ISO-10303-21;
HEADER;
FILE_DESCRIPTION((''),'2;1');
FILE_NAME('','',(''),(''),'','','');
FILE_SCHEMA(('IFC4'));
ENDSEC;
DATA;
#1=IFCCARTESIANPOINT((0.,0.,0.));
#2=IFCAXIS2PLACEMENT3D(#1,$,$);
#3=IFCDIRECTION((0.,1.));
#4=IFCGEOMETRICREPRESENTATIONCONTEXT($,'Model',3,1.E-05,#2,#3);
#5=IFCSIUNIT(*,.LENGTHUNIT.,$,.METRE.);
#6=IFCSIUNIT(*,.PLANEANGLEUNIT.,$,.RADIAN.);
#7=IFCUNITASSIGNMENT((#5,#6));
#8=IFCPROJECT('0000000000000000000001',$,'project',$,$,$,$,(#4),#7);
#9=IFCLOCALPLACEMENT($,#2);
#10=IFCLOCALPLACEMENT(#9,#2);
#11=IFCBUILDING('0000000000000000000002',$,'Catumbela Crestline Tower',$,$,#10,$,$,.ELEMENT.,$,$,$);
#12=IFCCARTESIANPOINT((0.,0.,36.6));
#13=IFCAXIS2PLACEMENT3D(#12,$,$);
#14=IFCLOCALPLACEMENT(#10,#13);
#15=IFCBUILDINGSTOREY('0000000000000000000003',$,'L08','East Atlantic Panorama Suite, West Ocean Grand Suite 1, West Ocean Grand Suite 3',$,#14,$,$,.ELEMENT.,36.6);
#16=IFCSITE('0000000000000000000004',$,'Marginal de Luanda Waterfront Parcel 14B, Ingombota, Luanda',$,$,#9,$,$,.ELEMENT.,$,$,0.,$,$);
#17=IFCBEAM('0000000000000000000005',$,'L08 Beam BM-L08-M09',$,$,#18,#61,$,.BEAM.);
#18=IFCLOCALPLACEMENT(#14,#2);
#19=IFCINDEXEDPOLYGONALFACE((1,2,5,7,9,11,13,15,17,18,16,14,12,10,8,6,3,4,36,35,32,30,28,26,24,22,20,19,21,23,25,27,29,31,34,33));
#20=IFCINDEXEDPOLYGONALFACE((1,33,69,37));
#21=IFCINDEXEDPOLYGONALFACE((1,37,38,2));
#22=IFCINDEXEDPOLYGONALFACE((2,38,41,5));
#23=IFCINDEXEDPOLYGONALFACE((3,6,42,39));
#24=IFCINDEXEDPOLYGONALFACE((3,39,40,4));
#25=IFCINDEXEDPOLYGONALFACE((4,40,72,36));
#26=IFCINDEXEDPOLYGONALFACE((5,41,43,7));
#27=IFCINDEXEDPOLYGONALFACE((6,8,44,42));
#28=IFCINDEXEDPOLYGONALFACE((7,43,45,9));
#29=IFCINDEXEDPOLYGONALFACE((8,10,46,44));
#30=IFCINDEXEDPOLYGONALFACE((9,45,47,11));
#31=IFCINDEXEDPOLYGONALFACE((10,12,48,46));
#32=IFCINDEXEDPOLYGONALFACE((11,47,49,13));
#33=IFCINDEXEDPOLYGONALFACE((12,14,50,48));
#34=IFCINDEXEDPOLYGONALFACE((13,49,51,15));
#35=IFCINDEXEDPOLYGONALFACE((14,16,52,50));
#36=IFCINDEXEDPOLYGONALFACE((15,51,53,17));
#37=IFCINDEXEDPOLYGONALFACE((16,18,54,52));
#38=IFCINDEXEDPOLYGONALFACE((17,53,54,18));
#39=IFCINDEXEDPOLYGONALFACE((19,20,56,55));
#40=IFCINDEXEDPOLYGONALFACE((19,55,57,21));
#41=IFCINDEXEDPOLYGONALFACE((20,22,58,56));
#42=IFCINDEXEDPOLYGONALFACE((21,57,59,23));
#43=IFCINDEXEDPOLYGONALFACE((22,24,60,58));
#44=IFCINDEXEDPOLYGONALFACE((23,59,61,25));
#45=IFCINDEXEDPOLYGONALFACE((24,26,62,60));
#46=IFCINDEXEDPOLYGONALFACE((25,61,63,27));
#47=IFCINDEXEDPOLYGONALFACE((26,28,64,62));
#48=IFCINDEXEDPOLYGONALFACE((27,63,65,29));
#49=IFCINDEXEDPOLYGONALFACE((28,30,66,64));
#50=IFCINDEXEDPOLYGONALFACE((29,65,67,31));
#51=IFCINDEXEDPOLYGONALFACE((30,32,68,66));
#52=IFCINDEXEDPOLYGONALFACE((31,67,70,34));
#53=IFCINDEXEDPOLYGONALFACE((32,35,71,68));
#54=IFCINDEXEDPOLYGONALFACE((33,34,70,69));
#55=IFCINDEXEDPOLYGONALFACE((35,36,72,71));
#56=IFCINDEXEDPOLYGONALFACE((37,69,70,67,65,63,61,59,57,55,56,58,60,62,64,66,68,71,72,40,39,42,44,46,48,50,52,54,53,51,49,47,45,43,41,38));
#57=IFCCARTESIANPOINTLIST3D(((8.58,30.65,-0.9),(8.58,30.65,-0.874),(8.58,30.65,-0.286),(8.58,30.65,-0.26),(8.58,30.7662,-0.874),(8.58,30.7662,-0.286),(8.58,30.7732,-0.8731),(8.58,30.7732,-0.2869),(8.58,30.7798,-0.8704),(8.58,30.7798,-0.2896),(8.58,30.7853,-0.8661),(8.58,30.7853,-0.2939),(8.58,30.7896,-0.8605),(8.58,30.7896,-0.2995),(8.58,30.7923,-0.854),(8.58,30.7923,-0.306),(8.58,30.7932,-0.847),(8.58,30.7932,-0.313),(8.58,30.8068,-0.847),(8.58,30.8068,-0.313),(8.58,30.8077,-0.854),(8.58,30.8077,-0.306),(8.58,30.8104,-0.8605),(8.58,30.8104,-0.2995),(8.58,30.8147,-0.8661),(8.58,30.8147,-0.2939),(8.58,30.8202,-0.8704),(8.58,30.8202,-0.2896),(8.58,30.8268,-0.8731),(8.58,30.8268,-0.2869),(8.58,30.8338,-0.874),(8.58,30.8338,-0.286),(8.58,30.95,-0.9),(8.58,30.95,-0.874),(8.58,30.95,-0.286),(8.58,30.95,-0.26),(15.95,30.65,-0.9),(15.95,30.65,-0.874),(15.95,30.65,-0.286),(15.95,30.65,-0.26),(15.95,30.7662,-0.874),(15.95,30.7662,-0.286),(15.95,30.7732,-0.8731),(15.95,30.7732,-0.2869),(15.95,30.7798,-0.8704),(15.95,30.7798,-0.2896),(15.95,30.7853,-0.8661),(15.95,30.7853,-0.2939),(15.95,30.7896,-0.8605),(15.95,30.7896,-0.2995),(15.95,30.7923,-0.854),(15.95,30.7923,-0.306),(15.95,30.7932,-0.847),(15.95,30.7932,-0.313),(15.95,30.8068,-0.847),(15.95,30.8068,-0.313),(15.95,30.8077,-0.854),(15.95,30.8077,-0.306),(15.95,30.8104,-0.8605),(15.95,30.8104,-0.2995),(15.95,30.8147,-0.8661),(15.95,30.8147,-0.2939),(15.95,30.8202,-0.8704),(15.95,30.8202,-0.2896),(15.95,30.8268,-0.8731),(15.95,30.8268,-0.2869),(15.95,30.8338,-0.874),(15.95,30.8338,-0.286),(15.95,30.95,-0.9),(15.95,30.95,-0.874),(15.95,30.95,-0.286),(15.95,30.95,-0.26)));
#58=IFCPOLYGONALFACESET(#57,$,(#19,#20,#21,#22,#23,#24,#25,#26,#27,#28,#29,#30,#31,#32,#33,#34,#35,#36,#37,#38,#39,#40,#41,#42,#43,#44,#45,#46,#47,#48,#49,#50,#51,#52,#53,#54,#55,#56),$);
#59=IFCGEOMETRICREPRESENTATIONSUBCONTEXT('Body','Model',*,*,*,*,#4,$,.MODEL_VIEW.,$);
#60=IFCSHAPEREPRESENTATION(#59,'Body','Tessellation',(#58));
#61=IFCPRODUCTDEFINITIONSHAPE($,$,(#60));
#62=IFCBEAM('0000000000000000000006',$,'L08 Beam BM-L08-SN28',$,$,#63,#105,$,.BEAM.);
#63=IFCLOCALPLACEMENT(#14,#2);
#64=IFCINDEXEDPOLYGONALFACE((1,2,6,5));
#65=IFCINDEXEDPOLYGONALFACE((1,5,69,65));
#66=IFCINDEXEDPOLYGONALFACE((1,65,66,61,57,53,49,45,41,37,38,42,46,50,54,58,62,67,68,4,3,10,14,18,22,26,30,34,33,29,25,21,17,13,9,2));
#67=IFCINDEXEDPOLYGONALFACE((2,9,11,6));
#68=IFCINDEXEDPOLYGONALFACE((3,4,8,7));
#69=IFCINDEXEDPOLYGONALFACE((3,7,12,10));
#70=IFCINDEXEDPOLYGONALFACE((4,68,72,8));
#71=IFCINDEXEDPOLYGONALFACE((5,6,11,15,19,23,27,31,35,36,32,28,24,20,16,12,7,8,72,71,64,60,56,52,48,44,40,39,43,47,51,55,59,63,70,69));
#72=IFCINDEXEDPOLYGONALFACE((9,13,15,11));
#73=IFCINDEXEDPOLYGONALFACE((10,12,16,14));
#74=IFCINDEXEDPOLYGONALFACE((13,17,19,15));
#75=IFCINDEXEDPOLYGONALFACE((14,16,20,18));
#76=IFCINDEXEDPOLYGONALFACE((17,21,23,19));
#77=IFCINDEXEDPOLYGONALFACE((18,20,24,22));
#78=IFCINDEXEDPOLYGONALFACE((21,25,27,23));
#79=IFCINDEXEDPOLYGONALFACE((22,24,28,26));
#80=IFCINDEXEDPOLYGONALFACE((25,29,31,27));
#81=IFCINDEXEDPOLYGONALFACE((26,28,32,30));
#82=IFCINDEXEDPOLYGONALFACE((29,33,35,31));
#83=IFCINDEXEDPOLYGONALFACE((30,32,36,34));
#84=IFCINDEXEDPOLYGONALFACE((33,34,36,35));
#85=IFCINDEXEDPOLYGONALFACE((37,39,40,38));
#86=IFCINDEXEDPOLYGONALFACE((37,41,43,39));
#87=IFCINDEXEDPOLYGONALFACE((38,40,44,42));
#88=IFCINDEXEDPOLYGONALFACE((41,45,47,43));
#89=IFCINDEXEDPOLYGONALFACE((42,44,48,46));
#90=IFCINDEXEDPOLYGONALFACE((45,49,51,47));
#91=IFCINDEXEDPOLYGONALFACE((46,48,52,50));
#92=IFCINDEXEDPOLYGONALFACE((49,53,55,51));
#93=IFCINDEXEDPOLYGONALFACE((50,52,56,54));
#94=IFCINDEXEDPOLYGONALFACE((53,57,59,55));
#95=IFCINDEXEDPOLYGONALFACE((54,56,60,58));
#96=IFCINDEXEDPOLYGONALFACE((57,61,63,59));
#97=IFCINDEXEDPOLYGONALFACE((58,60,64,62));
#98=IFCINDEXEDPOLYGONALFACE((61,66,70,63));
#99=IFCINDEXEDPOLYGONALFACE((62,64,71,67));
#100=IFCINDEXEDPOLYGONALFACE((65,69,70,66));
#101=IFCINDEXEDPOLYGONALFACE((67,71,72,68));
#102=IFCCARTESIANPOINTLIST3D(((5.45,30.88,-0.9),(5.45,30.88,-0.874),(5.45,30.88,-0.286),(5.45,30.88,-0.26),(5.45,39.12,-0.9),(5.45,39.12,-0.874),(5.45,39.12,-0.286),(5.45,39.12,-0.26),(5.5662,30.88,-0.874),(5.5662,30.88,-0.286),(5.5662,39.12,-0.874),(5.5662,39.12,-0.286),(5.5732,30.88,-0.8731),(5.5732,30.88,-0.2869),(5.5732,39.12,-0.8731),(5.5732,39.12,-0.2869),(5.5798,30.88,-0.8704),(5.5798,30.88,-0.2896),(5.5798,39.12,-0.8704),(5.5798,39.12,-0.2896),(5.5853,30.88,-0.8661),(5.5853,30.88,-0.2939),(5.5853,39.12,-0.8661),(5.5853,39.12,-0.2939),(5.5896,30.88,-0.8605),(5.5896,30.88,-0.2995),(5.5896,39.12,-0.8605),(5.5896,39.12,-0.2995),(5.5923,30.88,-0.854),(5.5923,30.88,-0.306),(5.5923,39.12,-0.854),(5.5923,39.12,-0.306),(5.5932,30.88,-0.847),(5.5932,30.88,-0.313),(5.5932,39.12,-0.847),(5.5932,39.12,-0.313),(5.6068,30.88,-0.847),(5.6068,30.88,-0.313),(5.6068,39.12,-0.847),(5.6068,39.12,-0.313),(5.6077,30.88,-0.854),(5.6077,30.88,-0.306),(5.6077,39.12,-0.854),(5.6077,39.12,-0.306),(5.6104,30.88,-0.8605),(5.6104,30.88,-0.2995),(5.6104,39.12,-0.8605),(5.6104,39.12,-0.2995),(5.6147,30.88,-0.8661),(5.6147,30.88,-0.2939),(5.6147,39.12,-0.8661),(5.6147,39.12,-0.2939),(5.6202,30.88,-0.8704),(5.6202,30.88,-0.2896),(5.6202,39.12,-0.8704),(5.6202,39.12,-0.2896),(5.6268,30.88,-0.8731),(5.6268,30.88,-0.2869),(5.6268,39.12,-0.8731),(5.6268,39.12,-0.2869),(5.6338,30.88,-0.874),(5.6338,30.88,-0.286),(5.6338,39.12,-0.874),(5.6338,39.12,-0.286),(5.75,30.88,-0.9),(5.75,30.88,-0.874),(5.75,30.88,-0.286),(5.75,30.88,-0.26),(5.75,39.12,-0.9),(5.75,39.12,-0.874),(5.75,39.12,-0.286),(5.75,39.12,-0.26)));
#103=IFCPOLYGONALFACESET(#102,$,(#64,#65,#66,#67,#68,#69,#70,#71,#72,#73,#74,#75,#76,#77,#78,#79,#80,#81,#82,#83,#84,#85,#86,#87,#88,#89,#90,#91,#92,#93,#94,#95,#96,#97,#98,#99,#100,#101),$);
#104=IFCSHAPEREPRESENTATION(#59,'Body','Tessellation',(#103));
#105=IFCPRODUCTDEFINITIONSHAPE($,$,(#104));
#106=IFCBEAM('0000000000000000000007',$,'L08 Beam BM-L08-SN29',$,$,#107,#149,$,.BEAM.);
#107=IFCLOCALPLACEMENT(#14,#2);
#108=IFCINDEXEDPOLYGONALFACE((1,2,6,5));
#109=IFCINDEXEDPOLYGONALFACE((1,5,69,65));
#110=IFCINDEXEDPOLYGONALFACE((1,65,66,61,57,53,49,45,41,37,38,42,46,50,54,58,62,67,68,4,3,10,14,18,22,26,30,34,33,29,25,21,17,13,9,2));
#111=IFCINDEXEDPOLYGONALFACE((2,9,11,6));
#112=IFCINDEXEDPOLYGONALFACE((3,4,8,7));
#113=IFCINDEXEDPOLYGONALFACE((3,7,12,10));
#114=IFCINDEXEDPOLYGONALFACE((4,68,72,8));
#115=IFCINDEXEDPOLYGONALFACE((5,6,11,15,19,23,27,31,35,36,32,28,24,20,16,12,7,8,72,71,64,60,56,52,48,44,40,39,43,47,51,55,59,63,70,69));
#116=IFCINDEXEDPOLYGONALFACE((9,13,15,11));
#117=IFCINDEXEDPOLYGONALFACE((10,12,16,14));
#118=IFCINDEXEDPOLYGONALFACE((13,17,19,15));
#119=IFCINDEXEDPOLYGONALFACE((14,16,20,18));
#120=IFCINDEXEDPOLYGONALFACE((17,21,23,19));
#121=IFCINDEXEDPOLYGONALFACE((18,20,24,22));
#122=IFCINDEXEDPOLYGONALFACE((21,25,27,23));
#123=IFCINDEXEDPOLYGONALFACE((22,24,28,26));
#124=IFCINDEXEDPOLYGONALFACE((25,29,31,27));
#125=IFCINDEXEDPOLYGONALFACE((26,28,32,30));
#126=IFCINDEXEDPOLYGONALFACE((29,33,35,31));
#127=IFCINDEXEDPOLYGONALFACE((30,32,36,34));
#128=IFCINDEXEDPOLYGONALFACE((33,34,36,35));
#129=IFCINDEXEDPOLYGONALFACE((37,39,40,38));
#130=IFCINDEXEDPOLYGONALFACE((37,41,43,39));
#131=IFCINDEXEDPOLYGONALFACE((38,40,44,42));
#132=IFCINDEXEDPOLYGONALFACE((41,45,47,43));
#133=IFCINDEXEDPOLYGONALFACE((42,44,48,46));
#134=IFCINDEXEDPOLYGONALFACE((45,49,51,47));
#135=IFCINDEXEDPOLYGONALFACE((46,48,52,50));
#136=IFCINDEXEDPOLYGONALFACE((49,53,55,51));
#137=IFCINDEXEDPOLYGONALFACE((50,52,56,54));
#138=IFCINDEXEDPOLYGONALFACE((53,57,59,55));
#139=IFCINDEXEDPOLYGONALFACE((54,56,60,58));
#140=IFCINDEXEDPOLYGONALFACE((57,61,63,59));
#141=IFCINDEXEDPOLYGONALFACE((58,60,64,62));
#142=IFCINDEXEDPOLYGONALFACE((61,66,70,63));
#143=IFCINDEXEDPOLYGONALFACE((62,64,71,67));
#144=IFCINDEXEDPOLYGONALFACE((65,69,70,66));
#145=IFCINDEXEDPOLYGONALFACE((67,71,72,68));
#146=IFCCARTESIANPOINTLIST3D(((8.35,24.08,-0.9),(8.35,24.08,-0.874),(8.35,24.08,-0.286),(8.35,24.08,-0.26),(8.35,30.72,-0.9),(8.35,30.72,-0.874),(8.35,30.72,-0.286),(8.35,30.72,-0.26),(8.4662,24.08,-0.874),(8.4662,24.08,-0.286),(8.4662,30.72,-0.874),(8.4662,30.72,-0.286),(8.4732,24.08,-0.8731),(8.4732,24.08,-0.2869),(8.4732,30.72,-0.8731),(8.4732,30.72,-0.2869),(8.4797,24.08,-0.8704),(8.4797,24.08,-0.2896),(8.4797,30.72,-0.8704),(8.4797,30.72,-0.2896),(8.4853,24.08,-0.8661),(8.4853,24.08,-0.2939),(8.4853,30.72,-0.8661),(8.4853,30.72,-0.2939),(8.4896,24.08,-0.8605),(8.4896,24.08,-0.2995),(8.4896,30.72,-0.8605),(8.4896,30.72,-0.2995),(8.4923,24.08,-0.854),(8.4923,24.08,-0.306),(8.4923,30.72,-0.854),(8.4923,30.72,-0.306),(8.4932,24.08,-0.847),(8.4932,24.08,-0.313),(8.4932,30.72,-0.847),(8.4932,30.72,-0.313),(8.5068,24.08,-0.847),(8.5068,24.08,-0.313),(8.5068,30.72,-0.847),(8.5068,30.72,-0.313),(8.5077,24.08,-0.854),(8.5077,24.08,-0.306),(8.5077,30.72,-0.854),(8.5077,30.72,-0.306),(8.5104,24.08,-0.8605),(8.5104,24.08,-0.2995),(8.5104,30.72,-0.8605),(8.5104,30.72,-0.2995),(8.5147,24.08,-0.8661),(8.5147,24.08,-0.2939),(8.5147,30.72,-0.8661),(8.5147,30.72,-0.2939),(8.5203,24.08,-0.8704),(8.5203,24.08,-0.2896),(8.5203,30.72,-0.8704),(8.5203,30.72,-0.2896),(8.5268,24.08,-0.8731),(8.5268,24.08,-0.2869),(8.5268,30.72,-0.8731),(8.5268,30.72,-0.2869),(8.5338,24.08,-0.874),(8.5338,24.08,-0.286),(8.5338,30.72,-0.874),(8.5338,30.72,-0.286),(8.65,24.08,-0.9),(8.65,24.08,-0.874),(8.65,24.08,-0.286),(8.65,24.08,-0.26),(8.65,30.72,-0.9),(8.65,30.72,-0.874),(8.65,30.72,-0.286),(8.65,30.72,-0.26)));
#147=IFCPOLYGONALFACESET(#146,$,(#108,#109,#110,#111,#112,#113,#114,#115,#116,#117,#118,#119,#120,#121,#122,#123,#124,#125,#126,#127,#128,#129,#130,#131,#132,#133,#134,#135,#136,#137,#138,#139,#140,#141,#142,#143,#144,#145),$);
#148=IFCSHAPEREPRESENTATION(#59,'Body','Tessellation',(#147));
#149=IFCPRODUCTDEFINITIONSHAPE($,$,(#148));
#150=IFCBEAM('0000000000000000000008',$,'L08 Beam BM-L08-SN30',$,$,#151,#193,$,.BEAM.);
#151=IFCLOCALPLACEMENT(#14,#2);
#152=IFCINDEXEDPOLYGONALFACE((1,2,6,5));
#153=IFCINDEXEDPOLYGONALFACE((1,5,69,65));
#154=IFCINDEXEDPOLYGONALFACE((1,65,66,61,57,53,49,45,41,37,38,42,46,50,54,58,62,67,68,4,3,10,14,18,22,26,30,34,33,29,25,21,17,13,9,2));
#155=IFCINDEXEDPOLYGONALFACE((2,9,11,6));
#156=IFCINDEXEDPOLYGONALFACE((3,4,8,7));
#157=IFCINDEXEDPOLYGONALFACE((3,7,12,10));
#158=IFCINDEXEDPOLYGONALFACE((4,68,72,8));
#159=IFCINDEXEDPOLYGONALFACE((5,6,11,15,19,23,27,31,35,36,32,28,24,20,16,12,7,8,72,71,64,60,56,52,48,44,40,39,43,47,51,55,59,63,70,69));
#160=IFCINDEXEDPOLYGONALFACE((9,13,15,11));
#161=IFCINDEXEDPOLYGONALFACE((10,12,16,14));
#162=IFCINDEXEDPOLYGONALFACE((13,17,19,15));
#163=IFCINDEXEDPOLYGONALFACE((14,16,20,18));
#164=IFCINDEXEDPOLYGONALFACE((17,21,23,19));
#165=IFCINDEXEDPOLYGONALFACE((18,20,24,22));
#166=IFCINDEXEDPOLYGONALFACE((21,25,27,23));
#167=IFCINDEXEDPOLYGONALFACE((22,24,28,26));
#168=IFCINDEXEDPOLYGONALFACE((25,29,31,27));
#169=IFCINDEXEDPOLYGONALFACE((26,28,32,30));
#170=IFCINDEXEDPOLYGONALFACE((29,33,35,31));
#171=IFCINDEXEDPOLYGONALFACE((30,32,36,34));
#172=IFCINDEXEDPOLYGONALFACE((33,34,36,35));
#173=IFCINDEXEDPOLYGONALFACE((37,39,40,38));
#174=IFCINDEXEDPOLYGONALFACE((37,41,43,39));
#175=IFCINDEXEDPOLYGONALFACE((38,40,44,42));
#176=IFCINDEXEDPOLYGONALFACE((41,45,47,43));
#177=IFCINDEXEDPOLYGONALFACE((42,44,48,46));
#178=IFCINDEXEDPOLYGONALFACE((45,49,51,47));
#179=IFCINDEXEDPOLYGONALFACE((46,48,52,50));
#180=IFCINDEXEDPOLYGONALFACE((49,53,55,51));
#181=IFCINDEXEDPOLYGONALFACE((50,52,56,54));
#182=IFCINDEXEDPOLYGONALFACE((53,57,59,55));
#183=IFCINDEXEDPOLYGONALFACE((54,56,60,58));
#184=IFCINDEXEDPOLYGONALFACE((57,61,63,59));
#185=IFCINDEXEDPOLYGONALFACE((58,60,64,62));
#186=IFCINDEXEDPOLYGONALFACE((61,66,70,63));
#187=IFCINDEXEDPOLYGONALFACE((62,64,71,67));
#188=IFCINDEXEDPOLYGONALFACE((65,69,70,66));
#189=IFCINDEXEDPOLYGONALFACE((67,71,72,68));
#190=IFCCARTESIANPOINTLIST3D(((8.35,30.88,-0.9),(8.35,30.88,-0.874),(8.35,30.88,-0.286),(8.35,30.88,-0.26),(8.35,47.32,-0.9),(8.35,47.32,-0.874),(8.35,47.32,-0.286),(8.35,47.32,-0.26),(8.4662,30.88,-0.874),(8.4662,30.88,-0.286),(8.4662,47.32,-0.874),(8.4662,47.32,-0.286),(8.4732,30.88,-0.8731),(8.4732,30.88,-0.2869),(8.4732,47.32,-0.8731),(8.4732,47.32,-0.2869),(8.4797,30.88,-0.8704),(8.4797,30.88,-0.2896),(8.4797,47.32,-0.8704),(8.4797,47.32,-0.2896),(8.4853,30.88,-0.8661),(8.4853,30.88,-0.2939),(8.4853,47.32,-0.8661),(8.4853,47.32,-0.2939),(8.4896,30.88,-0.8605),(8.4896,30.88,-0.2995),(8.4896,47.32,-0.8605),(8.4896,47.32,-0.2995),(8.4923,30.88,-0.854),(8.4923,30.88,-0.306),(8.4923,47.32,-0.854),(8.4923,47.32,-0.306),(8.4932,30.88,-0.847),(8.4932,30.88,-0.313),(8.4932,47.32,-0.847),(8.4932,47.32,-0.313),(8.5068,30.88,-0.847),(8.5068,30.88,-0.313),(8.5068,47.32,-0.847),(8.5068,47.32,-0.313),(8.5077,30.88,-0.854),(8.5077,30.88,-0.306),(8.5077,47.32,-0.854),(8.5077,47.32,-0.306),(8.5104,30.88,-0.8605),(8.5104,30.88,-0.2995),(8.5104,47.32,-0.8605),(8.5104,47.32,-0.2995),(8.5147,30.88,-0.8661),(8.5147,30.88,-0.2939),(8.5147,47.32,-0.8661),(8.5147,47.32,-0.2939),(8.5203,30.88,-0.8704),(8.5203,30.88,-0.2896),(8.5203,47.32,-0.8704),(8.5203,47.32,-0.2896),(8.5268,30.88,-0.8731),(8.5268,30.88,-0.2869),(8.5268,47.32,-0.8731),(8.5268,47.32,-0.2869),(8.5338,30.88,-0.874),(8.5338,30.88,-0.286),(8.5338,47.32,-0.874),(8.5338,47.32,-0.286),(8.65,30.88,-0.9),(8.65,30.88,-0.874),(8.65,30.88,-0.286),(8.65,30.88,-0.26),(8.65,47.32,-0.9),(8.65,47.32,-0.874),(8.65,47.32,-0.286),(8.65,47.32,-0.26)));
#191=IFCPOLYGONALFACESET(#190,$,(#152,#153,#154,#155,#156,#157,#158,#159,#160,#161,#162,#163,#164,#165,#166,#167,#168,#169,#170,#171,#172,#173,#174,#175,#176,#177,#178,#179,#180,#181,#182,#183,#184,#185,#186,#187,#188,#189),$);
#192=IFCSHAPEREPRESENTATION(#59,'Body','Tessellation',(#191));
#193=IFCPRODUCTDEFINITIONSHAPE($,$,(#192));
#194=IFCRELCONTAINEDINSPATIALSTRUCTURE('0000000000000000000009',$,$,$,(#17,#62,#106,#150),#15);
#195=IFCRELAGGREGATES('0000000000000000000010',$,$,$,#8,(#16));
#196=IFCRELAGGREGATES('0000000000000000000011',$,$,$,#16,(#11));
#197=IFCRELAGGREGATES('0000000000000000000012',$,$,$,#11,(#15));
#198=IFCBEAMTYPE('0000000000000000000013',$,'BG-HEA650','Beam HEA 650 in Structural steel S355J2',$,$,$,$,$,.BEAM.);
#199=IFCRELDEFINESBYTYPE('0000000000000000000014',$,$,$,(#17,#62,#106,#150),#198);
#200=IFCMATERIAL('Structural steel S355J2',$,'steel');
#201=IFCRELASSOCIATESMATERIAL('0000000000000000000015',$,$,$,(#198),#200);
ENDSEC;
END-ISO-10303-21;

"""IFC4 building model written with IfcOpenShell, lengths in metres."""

from ifc_helpers import new_model, si_unit, direction, frame, origin, origin_2d, place, context, subcontext, project, spatial, i_section, extrude, material, material_profile, profile_set, type_object, element, save


model = new_model("IFC4")

# Units and contexts
model_context = context("Model", 3, precision=1e-05, world=origin(), true_north=direction((0.0, 1.0)))
body_context = subcontext(model_context, "Body", "Model", "MODEL_VIEW")
ifc_project = project(units=[si_unit("LENGTHUNIT", "METRE"), si_unit("PLANEANGLEUNIT", "RADIAN")], contexts=[model_context])

# Site, building, storey
site_placement = place(None, origin())
site = spatial("IfcSite", under=ifc_project, at=site_placement, Name="Marginal de Luanda Waterfront Parcel 14B, Ingombota, Luanda", CompositionType="ELEMENT", RefElevation=0.0)
building_placement = place(site_placement, origin())
building = spatial("IfcBuilding", under=site, at=building_placement, Name="Catumbela Crestline Tower", CompositionType="ELEMENT")
storey_placement = place(building_placement, frame((0.0, 0.0, 36.6)))
storey = spatial("IfcBuildingStorey", under=building, at=storey_placement, Name="L08", Description="East Atlantic Panorama Suite, West Ocean Grand Suite 1, West Ocean Grand Suite 3", CompositionType="ELEMENT", Elevation=36.6)

# Beams
ifc_material_1 = material(Name="Structural steel S355J2", Category="steel")
ifc_material_profile_1 = material_profile(ifc_material_1, i_section(OverallWidth=0.3, OverallDepth=0.64, WebThickness=0.0135, FlangeThickness=0.026, FilletRadius=0.027, at=origin_2d()), Name="HEA 650")
ifc_profile_set_1 = profile_set([ifc_material_profile_1], Name="Structural steel S355J2")
beam_type = type_object("IfcBeamType", Name="BG-HEA650", Description="Beam HEA 650 in Structural steel S355J2", PredefinedType="BEAM", material=ifc_profile_set_1)
beam_1_placement = place(storey_placement, frame((8.58, 30.8, -0.58), z_axis=(1.0, 0.0, 0.0), x_axis=(0.0, 1.0, 0.0)))
element("IfcBeam", 1, at=beam_1_placement, inside=storey, type_object=beam_type, Name="L08 Beam BM-L08-M09", PredefinedType="BEAM", context=body_context, shape_type="SweptSolid", body=[
    extrude(i_section(OverallWidth=0.3, OverallDepth=0.64, WebThickness=0.0135, FlangeThickness=0.026, FilletRadius=0.027, at=origin_2d()), origin(), (0.0, 0.0, 1.0), 7.37),
])
beam_2_placement = place(storey_placement, frame((5.6, 30.88, -0.58), z_axis=(0.0, 1.0, 0.0), x_axis=(-1.0, 0.0, 0.0)))
element("IfcBeam", 2, at=beam_2_placement, inside=storey, type_object=beam_type, Name="L08 Beam BM-L08-SN28", PredefinedType="BEAM", context=body_context, shape_type="SweptSolid", body=[
    extrude(i_section(OverallWidth=0.3, OverallDepth=0.64, WebThickness=0.0135, FlangeThickness=0.026, FilletRadius=0.027, at=origin_2d()), origin(), (0.0, 0.0, 1.0), 8.24),
])
beam_3_placement = place(storey_placement, frame((8.5, 24.08, -0.58), z_axis=(0.0, 1.0, 0.0), x_axis=(-1.0, 0.0, 0.0)))
element("IfcBeam", 3, at=beam_3_placement, inside=storey, type_object=beam_type, Name="L08 Beam BM-L08-SN29", PredefinedType="BEAM", context=body_context, shape_type="SweptSolid", body=[
    extrude(i_section(OverallWidth=0.3, OverallDepth=0.64, WebThickness=0.0135, FlangeThickness=0.026, FilletRadius=0.027, at=origin_2d()), origin(), (0.0, 0.0, 1.0), 6.64),
])
beam_4_placement = place(storey_placement, frame((8.5, 30.88, -0.58), z_axis=(0.0, 1.0, 0.0), x_axis=(-1.0, 0.0, 0.0)))
element("IfcBeam", 4, at=beam_4_placement, inside=storey, type_object=beam_type, Name="L08 Beam BM-L08-SN30", PredefinedType="BEAM", context=body_context, shape_type="SweptSolid", body=[
    extrude(i_section(OverallWidth=0.3, OverallDepth=0.64, WebThickness=0.0135, FlangeThickness=0.026, FilletRadius=0.027, at=origin_2d()), origin(), (0.0, 0.0, 1.0), 16.44),
])

save(model, "model.ifc")
